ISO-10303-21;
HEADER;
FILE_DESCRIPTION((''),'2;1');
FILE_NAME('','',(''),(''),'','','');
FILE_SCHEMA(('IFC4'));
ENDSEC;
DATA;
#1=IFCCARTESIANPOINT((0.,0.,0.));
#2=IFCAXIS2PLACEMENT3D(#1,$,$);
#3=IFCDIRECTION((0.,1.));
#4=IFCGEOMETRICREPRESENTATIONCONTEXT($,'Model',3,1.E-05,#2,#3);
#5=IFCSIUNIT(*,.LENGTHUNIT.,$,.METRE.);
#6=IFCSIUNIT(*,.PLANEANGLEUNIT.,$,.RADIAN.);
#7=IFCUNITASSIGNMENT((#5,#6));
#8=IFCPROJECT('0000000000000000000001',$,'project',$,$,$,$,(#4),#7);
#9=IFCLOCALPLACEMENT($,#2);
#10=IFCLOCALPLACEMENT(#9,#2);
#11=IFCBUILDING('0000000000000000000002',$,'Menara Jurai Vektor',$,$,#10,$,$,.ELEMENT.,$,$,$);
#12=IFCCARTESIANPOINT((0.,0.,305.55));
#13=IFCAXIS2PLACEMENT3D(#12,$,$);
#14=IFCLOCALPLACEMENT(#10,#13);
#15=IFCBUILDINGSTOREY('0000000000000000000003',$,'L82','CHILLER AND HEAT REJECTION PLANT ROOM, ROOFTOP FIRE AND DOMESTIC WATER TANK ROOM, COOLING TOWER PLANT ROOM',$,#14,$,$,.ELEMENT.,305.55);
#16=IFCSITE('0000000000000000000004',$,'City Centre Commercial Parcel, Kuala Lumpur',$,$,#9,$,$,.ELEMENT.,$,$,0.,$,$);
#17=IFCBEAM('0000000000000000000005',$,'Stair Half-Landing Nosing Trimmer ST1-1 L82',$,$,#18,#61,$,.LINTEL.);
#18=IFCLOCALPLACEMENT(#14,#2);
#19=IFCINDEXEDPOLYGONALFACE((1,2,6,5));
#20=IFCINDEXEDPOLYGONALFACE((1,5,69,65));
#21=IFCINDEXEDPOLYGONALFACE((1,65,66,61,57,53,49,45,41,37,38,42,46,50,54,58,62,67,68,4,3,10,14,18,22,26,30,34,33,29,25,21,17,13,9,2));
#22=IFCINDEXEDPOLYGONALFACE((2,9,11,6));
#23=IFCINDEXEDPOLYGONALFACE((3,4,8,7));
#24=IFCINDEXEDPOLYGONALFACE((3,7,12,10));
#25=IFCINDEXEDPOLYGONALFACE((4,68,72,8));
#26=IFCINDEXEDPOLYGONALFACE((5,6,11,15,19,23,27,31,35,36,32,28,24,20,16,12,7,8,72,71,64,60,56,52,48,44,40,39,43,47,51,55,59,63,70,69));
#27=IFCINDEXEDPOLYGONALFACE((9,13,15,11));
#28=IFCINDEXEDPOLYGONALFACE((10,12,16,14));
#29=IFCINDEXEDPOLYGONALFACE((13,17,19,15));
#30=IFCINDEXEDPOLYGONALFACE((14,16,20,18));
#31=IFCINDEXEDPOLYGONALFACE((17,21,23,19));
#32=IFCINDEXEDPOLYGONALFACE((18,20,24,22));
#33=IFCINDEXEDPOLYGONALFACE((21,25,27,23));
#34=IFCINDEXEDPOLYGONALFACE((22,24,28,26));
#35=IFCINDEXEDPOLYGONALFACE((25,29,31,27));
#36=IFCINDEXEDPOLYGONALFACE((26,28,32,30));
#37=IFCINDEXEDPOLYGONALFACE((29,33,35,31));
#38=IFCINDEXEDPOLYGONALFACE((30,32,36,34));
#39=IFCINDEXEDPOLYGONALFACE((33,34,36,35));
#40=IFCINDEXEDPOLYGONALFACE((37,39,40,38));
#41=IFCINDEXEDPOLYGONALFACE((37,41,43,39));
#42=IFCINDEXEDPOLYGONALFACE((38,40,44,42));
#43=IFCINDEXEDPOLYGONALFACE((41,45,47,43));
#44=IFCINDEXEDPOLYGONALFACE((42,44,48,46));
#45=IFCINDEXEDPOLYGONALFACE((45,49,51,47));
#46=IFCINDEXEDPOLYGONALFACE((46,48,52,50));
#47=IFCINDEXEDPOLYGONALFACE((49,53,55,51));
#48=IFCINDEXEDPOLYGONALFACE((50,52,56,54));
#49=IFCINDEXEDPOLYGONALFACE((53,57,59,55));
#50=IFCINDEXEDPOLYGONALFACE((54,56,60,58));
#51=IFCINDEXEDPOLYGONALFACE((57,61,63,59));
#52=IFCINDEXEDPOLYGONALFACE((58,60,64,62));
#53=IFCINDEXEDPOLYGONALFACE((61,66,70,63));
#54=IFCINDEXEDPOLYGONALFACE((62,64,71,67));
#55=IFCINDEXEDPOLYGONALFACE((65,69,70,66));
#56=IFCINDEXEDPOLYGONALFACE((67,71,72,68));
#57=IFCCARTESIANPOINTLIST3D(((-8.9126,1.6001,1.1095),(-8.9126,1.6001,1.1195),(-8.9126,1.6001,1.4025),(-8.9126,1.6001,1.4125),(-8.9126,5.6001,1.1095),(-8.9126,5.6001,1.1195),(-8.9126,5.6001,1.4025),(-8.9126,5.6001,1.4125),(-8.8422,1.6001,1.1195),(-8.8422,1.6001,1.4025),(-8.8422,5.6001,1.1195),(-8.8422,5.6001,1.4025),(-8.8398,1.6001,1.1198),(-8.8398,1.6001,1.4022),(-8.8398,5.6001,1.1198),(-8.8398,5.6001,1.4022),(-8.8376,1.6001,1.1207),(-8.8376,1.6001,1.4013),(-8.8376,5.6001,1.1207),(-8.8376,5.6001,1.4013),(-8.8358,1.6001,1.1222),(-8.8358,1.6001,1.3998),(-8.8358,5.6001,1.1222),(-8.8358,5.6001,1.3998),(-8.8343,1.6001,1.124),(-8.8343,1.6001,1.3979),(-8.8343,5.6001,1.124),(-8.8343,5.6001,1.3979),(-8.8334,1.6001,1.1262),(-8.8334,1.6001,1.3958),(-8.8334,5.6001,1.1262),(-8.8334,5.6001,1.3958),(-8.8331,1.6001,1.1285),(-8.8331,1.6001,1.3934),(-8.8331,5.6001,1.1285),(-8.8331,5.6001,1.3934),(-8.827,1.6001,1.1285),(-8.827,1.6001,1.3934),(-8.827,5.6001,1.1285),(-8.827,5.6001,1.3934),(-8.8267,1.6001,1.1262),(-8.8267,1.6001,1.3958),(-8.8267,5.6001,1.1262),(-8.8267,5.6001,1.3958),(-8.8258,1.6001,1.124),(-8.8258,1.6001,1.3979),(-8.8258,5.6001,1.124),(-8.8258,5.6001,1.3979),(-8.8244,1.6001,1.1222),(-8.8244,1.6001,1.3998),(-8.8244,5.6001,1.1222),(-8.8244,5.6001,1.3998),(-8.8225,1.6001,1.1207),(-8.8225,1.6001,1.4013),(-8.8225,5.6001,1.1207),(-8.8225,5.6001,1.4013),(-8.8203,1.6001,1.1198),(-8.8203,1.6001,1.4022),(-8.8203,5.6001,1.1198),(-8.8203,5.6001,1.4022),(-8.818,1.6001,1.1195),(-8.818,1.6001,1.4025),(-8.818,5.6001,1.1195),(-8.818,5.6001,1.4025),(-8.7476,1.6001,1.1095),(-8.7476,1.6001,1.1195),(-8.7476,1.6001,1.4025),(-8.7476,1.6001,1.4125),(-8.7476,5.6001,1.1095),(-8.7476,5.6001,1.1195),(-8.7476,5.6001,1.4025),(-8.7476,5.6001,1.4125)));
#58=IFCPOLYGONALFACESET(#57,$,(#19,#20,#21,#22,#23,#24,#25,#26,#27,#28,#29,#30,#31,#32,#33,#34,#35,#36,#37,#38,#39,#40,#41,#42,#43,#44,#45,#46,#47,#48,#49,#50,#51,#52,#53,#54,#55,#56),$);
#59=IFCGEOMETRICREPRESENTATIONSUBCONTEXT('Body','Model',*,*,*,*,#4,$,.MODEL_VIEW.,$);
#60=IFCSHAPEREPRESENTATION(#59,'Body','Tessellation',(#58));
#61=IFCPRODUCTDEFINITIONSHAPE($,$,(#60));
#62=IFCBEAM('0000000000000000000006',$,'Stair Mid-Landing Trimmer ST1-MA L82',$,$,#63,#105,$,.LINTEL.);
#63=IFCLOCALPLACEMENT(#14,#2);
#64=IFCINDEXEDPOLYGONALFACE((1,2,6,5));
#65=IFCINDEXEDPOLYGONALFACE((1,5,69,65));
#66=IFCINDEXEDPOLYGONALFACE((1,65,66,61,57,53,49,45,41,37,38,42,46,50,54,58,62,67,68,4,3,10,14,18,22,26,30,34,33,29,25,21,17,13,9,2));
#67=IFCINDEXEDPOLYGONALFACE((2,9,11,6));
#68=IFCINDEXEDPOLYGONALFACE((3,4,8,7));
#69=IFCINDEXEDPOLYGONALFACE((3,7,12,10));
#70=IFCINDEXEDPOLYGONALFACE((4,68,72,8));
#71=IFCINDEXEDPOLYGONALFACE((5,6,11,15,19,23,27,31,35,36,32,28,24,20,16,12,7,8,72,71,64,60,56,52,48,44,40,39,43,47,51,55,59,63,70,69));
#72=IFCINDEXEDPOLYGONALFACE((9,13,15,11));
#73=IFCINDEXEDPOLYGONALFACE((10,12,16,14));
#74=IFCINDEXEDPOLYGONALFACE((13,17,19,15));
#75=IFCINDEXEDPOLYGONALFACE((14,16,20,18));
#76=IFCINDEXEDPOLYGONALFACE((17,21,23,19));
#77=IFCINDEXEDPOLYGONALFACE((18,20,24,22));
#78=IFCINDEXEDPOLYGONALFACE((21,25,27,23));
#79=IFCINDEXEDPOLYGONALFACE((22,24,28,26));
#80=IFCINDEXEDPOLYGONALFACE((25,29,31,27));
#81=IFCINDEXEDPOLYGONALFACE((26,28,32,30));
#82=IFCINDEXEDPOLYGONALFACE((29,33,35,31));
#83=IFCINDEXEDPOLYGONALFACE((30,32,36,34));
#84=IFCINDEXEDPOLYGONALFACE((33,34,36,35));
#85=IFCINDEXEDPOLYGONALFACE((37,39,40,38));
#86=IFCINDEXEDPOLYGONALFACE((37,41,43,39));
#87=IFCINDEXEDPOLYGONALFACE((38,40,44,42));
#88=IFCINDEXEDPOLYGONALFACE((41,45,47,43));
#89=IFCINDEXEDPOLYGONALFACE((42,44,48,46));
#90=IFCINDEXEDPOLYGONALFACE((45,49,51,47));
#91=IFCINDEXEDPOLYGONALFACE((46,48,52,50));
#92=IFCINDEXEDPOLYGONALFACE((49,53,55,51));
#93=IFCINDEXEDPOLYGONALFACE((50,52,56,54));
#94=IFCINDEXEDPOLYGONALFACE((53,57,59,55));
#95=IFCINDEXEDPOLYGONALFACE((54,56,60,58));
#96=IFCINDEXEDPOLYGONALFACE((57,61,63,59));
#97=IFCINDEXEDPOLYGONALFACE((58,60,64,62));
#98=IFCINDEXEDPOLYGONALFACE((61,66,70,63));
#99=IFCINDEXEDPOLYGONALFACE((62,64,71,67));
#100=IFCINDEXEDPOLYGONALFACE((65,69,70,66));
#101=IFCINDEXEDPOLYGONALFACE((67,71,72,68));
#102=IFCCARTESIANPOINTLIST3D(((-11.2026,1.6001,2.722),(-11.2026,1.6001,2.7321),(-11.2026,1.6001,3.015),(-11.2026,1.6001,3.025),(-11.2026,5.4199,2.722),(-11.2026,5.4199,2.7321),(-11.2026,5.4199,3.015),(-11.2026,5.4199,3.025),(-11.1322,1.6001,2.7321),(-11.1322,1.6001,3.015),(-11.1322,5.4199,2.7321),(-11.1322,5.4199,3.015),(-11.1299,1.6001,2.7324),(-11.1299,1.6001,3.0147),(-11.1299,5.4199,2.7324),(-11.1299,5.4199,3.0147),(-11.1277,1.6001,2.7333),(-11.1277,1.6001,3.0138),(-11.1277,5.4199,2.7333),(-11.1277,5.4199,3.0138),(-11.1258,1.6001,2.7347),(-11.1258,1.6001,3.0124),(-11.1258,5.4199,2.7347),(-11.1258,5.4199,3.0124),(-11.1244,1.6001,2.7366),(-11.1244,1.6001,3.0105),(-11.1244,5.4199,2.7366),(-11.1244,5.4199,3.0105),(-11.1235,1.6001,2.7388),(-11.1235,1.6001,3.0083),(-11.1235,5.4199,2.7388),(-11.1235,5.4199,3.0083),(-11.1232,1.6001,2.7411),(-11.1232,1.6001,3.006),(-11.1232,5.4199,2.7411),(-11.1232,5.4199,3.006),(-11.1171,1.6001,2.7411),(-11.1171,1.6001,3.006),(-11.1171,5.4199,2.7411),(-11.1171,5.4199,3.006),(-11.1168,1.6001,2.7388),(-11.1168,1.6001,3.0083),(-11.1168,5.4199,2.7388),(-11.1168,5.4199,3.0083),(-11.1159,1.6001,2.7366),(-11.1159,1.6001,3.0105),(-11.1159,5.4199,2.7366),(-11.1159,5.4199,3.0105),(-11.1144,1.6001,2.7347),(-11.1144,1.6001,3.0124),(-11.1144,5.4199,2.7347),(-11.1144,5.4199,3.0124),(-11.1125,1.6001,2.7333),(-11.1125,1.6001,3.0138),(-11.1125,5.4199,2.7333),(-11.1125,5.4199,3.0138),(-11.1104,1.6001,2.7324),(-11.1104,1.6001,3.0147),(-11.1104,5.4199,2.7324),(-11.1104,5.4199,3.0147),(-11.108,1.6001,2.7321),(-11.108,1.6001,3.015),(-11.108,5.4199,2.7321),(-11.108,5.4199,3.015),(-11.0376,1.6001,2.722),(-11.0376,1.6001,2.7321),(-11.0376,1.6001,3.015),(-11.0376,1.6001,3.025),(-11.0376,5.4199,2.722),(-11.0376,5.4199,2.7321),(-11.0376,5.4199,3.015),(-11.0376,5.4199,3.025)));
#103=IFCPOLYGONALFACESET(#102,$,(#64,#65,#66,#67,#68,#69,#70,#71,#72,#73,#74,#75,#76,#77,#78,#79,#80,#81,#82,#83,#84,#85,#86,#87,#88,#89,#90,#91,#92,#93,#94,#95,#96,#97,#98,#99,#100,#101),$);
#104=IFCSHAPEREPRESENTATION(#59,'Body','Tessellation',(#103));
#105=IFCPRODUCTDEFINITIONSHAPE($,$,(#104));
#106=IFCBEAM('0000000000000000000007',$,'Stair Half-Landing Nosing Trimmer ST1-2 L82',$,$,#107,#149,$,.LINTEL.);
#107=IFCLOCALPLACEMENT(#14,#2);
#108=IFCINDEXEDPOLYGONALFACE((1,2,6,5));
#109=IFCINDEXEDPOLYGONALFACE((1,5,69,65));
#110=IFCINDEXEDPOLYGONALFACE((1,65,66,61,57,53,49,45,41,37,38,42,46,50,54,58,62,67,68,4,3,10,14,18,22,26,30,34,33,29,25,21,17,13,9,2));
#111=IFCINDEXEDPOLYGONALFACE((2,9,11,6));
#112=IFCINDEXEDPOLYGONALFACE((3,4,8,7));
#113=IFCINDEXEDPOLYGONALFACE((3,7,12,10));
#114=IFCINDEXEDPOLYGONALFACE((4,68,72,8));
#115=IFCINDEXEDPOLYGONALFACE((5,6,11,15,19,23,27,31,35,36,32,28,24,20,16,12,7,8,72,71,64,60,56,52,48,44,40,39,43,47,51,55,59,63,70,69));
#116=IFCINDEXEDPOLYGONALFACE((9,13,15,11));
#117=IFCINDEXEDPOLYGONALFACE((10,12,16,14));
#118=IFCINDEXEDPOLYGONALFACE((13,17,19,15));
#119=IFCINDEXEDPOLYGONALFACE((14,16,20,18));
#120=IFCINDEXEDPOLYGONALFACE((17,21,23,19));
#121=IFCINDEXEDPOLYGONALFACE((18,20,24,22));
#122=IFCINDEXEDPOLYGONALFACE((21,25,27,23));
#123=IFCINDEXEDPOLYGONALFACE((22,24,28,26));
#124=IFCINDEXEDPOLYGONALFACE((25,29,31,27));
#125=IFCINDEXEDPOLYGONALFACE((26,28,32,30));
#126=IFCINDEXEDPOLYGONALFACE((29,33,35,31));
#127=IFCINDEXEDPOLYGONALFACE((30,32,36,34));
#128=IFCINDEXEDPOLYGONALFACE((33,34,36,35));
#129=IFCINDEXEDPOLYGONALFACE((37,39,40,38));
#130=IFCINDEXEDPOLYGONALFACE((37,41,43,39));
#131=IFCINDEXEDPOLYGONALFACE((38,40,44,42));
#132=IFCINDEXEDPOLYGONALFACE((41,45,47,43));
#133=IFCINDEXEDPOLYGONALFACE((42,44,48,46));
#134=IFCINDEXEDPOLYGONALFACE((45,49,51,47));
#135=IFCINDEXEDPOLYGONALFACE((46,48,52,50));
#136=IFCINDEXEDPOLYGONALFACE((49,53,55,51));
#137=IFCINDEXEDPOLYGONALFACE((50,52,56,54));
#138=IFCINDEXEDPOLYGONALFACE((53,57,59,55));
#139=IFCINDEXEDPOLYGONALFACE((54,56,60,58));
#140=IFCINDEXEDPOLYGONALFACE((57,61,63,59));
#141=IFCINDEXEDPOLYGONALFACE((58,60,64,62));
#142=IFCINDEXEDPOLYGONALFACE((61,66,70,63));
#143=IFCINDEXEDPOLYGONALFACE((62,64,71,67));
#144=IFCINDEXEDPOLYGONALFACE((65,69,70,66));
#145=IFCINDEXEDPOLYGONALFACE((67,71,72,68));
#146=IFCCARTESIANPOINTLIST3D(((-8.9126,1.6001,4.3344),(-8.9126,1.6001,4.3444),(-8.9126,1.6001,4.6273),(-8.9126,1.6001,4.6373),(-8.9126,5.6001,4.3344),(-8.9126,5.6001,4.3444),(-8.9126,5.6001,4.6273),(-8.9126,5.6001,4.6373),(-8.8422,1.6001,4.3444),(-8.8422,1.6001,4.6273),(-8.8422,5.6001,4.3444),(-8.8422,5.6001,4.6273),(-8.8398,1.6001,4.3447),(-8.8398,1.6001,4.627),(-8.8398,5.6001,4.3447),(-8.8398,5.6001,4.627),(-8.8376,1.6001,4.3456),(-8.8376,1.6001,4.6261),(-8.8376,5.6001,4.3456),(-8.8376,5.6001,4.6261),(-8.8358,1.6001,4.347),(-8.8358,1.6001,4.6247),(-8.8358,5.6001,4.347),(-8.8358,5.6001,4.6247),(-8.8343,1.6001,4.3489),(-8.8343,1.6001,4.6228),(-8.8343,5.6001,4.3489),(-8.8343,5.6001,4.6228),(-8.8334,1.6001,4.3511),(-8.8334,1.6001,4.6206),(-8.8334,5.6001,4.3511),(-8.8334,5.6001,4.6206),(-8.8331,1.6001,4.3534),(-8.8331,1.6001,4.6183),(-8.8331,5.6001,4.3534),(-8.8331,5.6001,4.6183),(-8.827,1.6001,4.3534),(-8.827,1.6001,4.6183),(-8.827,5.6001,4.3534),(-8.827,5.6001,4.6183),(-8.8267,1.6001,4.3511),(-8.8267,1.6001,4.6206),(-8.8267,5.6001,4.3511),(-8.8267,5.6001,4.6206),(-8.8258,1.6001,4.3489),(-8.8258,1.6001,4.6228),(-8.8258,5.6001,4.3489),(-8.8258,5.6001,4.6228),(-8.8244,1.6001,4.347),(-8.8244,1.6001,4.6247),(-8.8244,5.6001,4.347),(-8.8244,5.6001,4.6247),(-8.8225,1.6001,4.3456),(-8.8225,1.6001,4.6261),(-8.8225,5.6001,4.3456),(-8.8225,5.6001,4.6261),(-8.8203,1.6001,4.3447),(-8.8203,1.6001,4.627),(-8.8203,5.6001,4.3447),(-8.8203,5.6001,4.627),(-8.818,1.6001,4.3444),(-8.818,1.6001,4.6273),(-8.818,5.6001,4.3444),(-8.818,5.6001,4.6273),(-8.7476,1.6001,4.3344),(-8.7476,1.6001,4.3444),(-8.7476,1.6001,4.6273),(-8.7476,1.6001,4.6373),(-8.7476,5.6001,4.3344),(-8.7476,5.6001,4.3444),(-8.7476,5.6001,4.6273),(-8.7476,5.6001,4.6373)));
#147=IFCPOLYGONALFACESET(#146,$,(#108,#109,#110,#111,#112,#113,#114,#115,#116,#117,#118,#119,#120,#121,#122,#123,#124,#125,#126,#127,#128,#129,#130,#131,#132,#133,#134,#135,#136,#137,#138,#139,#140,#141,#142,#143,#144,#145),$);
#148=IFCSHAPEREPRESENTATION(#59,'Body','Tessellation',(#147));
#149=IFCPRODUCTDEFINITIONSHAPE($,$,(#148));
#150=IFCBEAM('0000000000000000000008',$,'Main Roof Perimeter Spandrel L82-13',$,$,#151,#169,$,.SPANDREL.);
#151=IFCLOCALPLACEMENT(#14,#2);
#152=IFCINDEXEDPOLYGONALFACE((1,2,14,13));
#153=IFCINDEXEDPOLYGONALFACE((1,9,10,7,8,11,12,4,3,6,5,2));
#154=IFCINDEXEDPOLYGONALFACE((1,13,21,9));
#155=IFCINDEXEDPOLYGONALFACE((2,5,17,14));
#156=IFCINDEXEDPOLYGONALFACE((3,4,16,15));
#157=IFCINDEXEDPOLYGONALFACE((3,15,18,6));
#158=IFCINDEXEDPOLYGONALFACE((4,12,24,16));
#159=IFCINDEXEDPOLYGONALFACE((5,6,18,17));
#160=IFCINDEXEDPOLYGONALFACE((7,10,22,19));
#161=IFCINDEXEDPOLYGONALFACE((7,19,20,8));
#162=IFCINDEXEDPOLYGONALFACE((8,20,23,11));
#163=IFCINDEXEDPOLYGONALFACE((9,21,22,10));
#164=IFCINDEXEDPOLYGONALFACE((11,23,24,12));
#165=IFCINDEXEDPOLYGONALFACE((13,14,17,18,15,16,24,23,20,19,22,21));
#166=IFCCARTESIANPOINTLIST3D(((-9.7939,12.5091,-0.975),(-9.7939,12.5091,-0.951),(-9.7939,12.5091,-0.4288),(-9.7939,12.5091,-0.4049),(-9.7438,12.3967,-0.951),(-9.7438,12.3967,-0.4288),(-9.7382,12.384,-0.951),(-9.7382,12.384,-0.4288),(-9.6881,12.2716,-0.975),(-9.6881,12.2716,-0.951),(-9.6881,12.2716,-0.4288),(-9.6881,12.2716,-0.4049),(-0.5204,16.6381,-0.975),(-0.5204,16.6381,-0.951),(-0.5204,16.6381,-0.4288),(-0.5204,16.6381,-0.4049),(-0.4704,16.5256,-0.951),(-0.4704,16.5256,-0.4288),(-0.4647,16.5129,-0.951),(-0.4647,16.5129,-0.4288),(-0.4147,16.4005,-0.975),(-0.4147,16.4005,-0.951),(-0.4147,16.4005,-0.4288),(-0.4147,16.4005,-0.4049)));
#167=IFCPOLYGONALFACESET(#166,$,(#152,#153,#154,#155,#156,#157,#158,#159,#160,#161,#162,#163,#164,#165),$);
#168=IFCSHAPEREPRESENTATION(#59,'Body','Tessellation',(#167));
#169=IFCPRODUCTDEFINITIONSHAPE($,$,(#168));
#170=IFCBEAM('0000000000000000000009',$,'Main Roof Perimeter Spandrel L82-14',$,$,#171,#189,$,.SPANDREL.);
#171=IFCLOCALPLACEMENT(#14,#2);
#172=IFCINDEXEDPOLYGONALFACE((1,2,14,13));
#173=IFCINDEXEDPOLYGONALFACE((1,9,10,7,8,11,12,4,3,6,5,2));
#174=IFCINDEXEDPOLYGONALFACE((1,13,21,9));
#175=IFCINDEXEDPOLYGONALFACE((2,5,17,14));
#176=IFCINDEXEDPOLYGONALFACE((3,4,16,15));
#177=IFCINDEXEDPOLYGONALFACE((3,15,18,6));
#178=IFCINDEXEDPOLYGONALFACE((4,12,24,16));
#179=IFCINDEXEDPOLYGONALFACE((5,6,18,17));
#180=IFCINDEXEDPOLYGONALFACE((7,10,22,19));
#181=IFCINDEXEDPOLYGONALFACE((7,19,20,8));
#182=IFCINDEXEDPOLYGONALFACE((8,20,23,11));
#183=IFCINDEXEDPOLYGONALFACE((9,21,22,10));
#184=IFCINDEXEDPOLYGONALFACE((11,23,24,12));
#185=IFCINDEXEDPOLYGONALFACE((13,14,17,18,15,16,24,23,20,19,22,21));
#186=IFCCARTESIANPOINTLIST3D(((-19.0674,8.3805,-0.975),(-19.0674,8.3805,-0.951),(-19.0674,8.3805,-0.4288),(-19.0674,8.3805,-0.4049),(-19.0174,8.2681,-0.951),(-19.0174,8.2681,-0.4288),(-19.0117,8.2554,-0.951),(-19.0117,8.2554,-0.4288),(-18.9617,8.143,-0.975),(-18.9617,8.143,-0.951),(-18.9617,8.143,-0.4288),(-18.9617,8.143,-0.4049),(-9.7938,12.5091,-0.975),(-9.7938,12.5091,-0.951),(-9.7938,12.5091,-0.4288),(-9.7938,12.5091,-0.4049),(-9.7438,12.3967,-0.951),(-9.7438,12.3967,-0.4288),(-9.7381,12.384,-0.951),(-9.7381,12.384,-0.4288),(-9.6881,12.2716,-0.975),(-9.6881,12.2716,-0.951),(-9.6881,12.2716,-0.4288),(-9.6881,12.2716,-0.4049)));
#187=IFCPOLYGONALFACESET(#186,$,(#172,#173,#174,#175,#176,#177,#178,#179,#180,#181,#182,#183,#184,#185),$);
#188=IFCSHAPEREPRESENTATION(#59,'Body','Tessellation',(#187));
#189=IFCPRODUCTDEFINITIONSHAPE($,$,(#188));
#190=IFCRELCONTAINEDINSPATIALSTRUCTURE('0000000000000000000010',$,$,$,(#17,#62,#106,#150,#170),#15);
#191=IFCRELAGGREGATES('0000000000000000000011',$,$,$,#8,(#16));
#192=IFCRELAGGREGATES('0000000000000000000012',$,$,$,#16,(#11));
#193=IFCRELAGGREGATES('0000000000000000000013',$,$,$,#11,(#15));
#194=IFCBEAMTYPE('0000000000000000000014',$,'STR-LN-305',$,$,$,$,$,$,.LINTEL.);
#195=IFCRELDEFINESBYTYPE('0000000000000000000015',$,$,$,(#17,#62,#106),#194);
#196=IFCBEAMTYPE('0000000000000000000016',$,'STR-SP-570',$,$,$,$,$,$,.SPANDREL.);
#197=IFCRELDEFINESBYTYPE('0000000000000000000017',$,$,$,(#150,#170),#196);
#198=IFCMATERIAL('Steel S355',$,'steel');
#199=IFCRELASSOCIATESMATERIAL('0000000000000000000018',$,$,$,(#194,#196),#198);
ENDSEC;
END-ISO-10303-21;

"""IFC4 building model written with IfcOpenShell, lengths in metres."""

from ifc_helpers import new_model, si_unit, direction, frame, origin, origin_2d, place, context, subcontext, project, spatial, i_section, extrude, material, material_profile, profile_set, type_object, element, save


model = new_model("IFC4")

# Units and contexts
model_context = context("Model", 3, precision=1e-05, world=origin(), true_north=direction((0.0, 1.0)))
body_context = subcontext(model_context, "Body", "Model", "MODEL_VIEW")
ifc_project = project(units=[si_unit("LENGTHUNIT", "METRE"), si_unit("PLANEANGLEUNIT", "RADIAN")], contexts=[model_context])

# Site, building, storey
site_placement = place(None, origin())
site = spatial("IfcSite", under=ifc_project, at=site_placement, Name="City Centre Commercial Parcel, Kuala Lumpur", CompositionType="ELEMENT", RefElevation=0.0)
building_placement = place(site_placement, origin())
building = spatial("IfcBuilding", under=site, at=building_placement, Name="Menara Jurai Vektor", CompositionType="ELEMENT")
storey_placement = place(building_placement, frame((0.0, 0.0, 305.55)))
storey = spatial("IfcBuildingStorey", under=building, at=storey_placement, Name="L82", Description="CHILLER AND HEAT REJECTION PLANT ROOM, ROOFTOP FIRE AND DOMESTIC WATER TANK ROOM, COOLING TOWER PLANT ROOM", CompositionType="ELEMENT", Elevation=305.55)

# Shared definitions
ifc_material_1 = material(Name="Steel S355", Category="steel")

# Beams
ifc_material_profile_1 = material_profile(ifc_material_1, i_section(OverallWidth=0.165, OverallDepth=0.303, WebThickness=0.0061, FlangeThickness=0.01, FilletRadius=0.009, at=origin_2d()), Name="UKB 305x165x40")
ifc_profile_set_1 = profile_set([ifc_material_profile_1], Name="Steel S355")
beam_type_1 = type_object("IfcBeamType", Name="STR-LN-305", PredefinedType="LINTEL", material=ifc_profile_set_1)
beam_1_placement = place(storey_placement, frame((-8.8301, 1.6001, 1.261), z_axis=(0.0, 1.0, 0.0), x_axis=(-1.0, 0.0, 0.0)))
element("IfcBeam", 1, at=beam_1_placement, inside=storey, type_object=beam_type_1, Name="Stair Half-Landing Nosing Trimmer ST1-1 L82", PredefinedType="LINTEL", context=body_context, shape_type="SweptSolid", body=[
    extrude(i_section(OverallWidth=0.165, OverallDepth=0.303, WebThickness=0.0061, FlangeThickness=0.01, FilletRadius=0.009, at=origin_2d()), origin(), (0.0, 0.0, 1.0), 4.0),
])
beam_2_placement = place(storey_placement, frame((-11.1201, 1.6001, 2.8735), z_axis=(0.0, 1.0, 0.0), x_axis=(-1.0, 0.0, 0.0)))
element("IfcBeam", 2, at=beam_2_placement, inside=storey, type_object=beam_type_1, Name="Stair Mid-Landing Trimmer ST1-MA L82", PredefinedType="LINTEL", context=body_context, shape_type="SweptSolid", body=[
    extrude(i_section(OverallWidth=0.165, OverallDepth=0.303, WebThickness=0.0061, FlangeThickness=0.01, FilletRadius=0.009, at=origin_2d()), origin(), (0.0, 0.0, 1.0), 3.8198),
])
beam_3_placement = place(storey_placement, frame((-8.8301, 1.6001, 4.4858), z_axis=(0.0, 1.0, 0.0), x_axis=(-1.0, 0.0, 0.0)))
element("IfcBeam", 3, at=beam_3_placement, inside=storey, type_object=beam_type_1, Name="Stair Half-Landing Nosing Trimmer ST1-2 L82", PredefinedType="LINTEL", context=body_context, shape_type="SweptSolid", body=[
    extrude(i_section(OverallWidth=0.165, OverallDepth=0.303, WebThickness=0.0061, FlangeThickness=0.01, FilletRadius=0.009, at=origin_2d()), origin(), (0.0, 0.0, 1.0), 4.0),
])
ifc_material_profile_2 = material_profile(ifc_material_1, i_section(OverallWidth=0.26, OverallDepth=0.5701, WebThickness=0.0139, FlangeThickness=0.0239, at=origin_2d()), Name="PG 570x260x145")
ifc_profile_set_2 = profile_set([ifc_material_profile_2], Name="Steel S355")
beam_type_2 = type_object("IfcBeamType", Name="STR-SP-570", PredefinedType="SPANDREL", material=ifc_profile_set_2)
for number, where, z_axis, x_axis, name in (
    (4, (-0.4675, 16.5193, -0.6899), (-0.913542, -0.406745, 0.0), (0.406745, -0.913542, 0.0), "Main Roof Perimeter Spandrel L82-13"),
    (5, (-9.741, 12.3904, -0.6899), (-0.913554, -0.406716, 0.0), (0.406716, -0.913554, 0.0), "Main Roof Perimeter Spandrel L82-14"),
):
    element("IfcBeam", number, at=place(storey_placement, frame(where, z_axis=z_axis, x_axis=x_axis)), inside=storey, type_object=beam_type_2, Name=name, PredefinedType="SPANDREL", context=body_context, shape_type="SweptSolid", body=[
        extrude(i_section(OverallWidth=0.26, OverallDepth=0.5701, WebThickness=0.0139, FlangeThickness=0.0239, at=origin_2d()), origin(), (0.0, 0.0, 1.0), 10.1511),
    ])

save(model, "model.ifc")
